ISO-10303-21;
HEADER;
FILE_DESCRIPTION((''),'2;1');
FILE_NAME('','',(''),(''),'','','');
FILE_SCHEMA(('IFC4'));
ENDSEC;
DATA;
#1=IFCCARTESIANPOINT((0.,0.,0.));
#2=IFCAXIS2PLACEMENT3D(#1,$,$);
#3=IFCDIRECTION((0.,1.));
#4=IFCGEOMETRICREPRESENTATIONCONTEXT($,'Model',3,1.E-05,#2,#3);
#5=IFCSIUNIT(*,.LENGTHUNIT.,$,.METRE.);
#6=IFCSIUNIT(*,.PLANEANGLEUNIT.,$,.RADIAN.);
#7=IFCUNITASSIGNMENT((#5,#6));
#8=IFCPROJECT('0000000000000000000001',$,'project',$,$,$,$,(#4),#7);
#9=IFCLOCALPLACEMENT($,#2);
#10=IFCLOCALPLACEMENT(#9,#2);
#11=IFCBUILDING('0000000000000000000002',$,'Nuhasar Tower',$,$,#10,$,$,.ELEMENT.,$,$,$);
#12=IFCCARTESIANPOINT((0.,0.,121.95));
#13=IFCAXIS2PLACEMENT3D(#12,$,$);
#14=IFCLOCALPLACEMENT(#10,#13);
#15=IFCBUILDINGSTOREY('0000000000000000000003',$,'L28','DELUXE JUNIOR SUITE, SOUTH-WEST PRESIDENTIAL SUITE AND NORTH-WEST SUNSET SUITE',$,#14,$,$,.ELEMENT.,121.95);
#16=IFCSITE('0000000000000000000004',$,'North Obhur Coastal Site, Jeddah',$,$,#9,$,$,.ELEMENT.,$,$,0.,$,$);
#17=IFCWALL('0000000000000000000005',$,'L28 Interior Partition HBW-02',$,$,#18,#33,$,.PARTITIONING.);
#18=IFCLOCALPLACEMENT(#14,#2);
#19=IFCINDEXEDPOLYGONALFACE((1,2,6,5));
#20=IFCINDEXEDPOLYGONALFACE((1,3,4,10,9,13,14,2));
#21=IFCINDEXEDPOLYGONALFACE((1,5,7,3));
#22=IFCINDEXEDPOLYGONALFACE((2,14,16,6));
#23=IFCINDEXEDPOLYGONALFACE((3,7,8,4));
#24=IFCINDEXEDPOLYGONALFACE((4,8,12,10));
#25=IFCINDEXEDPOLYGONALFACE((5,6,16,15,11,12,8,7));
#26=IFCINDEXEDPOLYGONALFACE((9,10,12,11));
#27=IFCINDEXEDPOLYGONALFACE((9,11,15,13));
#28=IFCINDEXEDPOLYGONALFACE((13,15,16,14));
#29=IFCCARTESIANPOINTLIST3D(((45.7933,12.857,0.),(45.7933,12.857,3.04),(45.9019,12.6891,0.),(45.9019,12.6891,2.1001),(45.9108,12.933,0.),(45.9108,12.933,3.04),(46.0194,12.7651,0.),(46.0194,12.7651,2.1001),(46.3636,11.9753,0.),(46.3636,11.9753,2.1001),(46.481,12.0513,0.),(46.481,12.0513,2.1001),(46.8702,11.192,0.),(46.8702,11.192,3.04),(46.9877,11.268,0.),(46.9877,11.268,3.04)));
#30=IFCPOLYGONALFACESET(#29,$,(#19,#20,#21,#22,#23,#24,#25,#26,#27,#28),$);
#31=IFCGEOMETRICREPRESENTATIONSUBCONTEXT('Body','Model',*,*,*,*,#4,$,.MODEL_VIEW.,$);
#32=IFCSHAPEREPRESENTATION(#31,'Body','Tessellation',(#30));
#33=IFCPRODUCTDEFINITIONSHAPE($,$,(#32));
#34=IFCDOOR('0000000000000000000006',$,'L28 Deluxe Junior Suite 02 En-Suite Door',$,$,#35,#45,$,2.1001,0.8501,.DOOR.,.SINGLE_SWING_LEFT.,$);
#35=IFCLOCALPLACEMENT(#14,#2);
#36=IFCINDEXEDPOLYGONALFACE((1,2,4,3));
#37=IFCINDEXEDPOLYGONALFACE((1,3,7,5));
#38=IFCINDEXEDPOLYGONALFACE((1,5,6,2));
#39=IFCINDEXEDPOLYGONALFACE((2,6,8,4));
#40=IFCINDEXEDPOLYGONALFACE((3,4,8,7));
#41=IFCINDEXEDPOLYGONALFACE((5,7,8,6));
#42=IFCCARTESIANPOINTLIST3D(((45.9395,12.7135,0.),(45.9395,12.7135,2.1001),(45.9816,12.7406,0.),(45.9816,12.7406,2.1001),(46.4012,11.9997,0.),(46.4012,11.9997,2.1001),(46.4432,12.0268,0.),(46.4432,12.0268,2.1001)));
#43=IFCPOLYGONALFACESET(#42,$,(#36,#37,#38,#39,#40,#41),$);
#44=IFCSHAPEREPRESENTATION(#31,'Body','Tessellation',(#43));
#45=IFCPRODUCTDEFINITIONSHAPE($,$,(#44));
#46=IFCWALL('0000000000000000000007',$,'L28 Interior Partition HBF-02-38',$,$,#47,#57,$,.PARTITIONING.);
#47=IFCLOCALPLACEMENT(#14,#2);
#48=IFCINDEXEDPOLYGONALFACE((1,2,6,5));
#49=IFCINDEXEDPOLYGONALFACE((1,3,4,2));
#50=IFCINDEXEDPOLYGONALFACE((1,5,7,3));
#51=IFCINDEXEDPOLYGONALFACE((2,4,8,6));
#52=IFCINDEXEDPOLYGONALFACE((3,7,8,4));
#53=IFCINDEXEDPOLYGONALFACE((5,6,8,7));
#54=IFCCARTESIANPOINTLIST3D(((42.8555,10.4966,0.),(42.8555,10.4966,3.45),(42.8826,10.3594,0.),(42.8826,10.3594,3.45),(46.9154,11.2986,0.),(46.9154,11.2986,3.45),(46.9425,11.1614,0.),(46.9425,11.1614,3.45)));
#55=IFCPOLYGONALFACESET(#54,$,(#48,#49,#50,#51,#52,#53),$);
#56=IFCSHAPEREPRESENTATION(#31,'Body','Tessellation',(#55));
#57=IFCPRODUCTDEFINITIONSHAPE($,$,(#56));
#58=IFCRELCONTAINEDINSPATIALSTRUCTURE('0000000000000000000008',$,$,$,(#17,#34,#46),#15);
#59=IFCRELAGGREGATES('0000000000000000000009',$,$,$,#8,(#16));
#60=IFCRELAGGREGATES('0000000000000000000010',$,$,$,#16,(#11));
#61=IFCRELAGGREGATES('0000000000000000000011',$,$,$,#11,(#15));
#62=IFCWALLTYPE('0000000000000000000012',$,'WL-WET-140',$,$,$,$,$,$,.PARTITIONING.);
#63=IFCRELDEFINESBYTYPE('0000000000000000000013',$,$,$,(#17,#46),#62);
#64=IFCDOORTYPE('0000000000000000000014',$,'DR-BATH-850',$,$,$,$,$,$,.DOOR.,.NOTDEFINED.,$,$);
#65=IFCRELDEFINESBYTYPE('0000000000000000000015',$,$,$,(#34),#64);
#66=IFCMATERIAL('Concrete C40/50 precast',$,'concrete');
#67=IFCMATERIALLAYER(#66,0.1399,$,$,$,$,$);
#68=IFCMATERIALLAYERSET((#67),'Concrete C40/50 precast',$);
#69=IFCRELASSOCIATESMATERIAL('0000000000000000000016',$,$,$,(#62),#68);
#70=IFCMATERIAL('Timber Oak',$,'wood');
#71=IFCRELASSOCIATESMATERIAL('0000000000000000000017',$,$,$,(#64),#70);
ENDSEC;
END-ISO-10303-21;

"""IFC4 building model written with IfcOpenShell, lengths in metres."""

from ifc_helpers import new_model, si_unit, direction, frame, frame_2d, origin, place, context, subcontext, project, spatial, rectangle, extrude, material, layer, layer_set, type_object, element, fill, save


model = new_model("IFC4")

# Units and contexts
model_context = context("Model", 3, precision=1e-05, world=origin(), true_north=direction((0.0, 1.0)))
body_context = subcontext(model_context, "Body", "Model", "MODEL_VIEW")
ifc_project = project(units=[si_unit("LENGTHUNIT", "METRE"), si_unit("PLANEANGLEUNIT", "RADIAN")], contexts=[model_context])

# Site, building, storey
site_placement = place(None, origin())
site = spatial("IfcSite", under=ifc_project, at=site_placement, Name="North Obhur Coastal Site, Jeddah", CompositionType="ELEMENT", RefElevation=0.0)
building_placement = place(site_placement, origin())
building = spatial("IfcBuilding", under=site, at=building_placement, Name="Nuhasar Tower", CompositionType="ELEMENT")
storey_placement = place(building_placement, frame((0.0, 0.0, 121.95)))
storey = spatial("IfcBuildingStorey", under=building, at=storey_placement, Name="L28", Description="DELUXE JUNIOR SUITE, SOUTH-WEST PRESIDENTIAL SUITE AND NORTH-WEST SUNSET SUITE", CompositionType="ELEMENT", Elevation=121.95)

# Shared definitions
ifc_material_1 = material(Name="Timber Oak", Category="wood")

# Shared definitions
ifc_material_2 = material(Name="Concrete C40/50 precast", Category="concrete")

# Wall, opening, door
ifc_layer_1 = layer(ifc_material_2, 0.1399)
ifc_layer_set_1 = layer_set([ifc_layer_1], Name="Concrete C40/50 precast")
wall_type_1 = type_object("IfcWallType", Name="WL-WET-140", PredefinedType="PARTITIONING", material=ifc_layer_set_1)
door_type_1 = type_object("IfcDoorType", Name="DR-BATH-850", OperationType="NOTDEFINED", PredefinedType="DOOR", material=ifc_material_1)
wall_1_placement = place(storey_placement, frame((45.8521, 12.895, 0.0), z_axis=(0.0, 0.0, 1.0), x_axis=(0.543083, -0.839679, 0.0)))
wall_1 = element("IfcWall", 1, at=wall_1_placement, inside=storey, type_object=wall_type_1, Name="L28 Interior Partition HBW-02", PredefinedType="PARTITIONING", context=body_context, shape_type="SweptSolid", body=[
    extrude(rectangle(XDim=1.9829, YDim=0.1399, at=frame_2d((0.9915, 0.0))), origin(), (0.0, 0.0, 1.0), 3.04),
])
opening_1_placement = place(wall_1_placement, frame((0.2, 0.0, 0.0)))
opening_1 = element("IfcOpeningElement", 2, at=opening_1_placement, cuts=wall_1, PredefinedType="OPENING", context=body_context, shape_type="SweptSolid", body=[
    extrude(rectangle(XDim=0.8501, YDim=2.1001, at=frame_2d((0.425, 1.05))), frame((0.0, 0.0801, 0.0), z_axis=(0.0, -1.0, 0.0), x_axis=(1.0, 0.0, 0.0)), (0.0, 0.0, 1.0), 0.1599),
])
door_1_placement = place(opening_1_placement, origin())
door_1 = element("IfcDoor", 3, at=door_1_placement, inside=storey, type_object=door_type_1, Name="L28 Deluxe Junior Suite 02 En-Suite Door", OperationType="SINGLE_SWING_LEFT", OverallHeight=2.1001, OverallWidth=0.8501, PredefinedType="DOOR", context=body_context, shape_type="SweptSolid", body=[
    extrude(rectangle(XDim=0.8501, YDim=2.1001, at=frame_2d((0.425, 1.05))), frame((0.0, 0.0249, 0.0), z_axis=(0.0, -1.0, 0.0), x_axis=(1.0, 0.0, 0.0)), (0.0, 0.0, 1.0), 0.05),
])
fill(opening_1, door_1)

# Wall
wall_2_placement = place(storey_placement, frame((42.8689, 10.428, 0.0), z_axis=(0.0, 0.0, 1.0), x_axis=(0.981043, 0.19379, 0.0)))
element("IfcWall", 4, at=wall_2_placement, inside=storey, type_object=wall_type_1, Name="L28 Interior Partition HBF-02-38", PredefinedType="PARTITIONING", context=body_context, shape_type="SweptSolid", body=[
    extrude(rectangle(XDim=4.1384, YDim=0.1399, at=frame_2d((2.0693, 0.0))), origin(), (0.0, 0.0, 1.0), 3.45),
])

save(model, "model.ifc")
